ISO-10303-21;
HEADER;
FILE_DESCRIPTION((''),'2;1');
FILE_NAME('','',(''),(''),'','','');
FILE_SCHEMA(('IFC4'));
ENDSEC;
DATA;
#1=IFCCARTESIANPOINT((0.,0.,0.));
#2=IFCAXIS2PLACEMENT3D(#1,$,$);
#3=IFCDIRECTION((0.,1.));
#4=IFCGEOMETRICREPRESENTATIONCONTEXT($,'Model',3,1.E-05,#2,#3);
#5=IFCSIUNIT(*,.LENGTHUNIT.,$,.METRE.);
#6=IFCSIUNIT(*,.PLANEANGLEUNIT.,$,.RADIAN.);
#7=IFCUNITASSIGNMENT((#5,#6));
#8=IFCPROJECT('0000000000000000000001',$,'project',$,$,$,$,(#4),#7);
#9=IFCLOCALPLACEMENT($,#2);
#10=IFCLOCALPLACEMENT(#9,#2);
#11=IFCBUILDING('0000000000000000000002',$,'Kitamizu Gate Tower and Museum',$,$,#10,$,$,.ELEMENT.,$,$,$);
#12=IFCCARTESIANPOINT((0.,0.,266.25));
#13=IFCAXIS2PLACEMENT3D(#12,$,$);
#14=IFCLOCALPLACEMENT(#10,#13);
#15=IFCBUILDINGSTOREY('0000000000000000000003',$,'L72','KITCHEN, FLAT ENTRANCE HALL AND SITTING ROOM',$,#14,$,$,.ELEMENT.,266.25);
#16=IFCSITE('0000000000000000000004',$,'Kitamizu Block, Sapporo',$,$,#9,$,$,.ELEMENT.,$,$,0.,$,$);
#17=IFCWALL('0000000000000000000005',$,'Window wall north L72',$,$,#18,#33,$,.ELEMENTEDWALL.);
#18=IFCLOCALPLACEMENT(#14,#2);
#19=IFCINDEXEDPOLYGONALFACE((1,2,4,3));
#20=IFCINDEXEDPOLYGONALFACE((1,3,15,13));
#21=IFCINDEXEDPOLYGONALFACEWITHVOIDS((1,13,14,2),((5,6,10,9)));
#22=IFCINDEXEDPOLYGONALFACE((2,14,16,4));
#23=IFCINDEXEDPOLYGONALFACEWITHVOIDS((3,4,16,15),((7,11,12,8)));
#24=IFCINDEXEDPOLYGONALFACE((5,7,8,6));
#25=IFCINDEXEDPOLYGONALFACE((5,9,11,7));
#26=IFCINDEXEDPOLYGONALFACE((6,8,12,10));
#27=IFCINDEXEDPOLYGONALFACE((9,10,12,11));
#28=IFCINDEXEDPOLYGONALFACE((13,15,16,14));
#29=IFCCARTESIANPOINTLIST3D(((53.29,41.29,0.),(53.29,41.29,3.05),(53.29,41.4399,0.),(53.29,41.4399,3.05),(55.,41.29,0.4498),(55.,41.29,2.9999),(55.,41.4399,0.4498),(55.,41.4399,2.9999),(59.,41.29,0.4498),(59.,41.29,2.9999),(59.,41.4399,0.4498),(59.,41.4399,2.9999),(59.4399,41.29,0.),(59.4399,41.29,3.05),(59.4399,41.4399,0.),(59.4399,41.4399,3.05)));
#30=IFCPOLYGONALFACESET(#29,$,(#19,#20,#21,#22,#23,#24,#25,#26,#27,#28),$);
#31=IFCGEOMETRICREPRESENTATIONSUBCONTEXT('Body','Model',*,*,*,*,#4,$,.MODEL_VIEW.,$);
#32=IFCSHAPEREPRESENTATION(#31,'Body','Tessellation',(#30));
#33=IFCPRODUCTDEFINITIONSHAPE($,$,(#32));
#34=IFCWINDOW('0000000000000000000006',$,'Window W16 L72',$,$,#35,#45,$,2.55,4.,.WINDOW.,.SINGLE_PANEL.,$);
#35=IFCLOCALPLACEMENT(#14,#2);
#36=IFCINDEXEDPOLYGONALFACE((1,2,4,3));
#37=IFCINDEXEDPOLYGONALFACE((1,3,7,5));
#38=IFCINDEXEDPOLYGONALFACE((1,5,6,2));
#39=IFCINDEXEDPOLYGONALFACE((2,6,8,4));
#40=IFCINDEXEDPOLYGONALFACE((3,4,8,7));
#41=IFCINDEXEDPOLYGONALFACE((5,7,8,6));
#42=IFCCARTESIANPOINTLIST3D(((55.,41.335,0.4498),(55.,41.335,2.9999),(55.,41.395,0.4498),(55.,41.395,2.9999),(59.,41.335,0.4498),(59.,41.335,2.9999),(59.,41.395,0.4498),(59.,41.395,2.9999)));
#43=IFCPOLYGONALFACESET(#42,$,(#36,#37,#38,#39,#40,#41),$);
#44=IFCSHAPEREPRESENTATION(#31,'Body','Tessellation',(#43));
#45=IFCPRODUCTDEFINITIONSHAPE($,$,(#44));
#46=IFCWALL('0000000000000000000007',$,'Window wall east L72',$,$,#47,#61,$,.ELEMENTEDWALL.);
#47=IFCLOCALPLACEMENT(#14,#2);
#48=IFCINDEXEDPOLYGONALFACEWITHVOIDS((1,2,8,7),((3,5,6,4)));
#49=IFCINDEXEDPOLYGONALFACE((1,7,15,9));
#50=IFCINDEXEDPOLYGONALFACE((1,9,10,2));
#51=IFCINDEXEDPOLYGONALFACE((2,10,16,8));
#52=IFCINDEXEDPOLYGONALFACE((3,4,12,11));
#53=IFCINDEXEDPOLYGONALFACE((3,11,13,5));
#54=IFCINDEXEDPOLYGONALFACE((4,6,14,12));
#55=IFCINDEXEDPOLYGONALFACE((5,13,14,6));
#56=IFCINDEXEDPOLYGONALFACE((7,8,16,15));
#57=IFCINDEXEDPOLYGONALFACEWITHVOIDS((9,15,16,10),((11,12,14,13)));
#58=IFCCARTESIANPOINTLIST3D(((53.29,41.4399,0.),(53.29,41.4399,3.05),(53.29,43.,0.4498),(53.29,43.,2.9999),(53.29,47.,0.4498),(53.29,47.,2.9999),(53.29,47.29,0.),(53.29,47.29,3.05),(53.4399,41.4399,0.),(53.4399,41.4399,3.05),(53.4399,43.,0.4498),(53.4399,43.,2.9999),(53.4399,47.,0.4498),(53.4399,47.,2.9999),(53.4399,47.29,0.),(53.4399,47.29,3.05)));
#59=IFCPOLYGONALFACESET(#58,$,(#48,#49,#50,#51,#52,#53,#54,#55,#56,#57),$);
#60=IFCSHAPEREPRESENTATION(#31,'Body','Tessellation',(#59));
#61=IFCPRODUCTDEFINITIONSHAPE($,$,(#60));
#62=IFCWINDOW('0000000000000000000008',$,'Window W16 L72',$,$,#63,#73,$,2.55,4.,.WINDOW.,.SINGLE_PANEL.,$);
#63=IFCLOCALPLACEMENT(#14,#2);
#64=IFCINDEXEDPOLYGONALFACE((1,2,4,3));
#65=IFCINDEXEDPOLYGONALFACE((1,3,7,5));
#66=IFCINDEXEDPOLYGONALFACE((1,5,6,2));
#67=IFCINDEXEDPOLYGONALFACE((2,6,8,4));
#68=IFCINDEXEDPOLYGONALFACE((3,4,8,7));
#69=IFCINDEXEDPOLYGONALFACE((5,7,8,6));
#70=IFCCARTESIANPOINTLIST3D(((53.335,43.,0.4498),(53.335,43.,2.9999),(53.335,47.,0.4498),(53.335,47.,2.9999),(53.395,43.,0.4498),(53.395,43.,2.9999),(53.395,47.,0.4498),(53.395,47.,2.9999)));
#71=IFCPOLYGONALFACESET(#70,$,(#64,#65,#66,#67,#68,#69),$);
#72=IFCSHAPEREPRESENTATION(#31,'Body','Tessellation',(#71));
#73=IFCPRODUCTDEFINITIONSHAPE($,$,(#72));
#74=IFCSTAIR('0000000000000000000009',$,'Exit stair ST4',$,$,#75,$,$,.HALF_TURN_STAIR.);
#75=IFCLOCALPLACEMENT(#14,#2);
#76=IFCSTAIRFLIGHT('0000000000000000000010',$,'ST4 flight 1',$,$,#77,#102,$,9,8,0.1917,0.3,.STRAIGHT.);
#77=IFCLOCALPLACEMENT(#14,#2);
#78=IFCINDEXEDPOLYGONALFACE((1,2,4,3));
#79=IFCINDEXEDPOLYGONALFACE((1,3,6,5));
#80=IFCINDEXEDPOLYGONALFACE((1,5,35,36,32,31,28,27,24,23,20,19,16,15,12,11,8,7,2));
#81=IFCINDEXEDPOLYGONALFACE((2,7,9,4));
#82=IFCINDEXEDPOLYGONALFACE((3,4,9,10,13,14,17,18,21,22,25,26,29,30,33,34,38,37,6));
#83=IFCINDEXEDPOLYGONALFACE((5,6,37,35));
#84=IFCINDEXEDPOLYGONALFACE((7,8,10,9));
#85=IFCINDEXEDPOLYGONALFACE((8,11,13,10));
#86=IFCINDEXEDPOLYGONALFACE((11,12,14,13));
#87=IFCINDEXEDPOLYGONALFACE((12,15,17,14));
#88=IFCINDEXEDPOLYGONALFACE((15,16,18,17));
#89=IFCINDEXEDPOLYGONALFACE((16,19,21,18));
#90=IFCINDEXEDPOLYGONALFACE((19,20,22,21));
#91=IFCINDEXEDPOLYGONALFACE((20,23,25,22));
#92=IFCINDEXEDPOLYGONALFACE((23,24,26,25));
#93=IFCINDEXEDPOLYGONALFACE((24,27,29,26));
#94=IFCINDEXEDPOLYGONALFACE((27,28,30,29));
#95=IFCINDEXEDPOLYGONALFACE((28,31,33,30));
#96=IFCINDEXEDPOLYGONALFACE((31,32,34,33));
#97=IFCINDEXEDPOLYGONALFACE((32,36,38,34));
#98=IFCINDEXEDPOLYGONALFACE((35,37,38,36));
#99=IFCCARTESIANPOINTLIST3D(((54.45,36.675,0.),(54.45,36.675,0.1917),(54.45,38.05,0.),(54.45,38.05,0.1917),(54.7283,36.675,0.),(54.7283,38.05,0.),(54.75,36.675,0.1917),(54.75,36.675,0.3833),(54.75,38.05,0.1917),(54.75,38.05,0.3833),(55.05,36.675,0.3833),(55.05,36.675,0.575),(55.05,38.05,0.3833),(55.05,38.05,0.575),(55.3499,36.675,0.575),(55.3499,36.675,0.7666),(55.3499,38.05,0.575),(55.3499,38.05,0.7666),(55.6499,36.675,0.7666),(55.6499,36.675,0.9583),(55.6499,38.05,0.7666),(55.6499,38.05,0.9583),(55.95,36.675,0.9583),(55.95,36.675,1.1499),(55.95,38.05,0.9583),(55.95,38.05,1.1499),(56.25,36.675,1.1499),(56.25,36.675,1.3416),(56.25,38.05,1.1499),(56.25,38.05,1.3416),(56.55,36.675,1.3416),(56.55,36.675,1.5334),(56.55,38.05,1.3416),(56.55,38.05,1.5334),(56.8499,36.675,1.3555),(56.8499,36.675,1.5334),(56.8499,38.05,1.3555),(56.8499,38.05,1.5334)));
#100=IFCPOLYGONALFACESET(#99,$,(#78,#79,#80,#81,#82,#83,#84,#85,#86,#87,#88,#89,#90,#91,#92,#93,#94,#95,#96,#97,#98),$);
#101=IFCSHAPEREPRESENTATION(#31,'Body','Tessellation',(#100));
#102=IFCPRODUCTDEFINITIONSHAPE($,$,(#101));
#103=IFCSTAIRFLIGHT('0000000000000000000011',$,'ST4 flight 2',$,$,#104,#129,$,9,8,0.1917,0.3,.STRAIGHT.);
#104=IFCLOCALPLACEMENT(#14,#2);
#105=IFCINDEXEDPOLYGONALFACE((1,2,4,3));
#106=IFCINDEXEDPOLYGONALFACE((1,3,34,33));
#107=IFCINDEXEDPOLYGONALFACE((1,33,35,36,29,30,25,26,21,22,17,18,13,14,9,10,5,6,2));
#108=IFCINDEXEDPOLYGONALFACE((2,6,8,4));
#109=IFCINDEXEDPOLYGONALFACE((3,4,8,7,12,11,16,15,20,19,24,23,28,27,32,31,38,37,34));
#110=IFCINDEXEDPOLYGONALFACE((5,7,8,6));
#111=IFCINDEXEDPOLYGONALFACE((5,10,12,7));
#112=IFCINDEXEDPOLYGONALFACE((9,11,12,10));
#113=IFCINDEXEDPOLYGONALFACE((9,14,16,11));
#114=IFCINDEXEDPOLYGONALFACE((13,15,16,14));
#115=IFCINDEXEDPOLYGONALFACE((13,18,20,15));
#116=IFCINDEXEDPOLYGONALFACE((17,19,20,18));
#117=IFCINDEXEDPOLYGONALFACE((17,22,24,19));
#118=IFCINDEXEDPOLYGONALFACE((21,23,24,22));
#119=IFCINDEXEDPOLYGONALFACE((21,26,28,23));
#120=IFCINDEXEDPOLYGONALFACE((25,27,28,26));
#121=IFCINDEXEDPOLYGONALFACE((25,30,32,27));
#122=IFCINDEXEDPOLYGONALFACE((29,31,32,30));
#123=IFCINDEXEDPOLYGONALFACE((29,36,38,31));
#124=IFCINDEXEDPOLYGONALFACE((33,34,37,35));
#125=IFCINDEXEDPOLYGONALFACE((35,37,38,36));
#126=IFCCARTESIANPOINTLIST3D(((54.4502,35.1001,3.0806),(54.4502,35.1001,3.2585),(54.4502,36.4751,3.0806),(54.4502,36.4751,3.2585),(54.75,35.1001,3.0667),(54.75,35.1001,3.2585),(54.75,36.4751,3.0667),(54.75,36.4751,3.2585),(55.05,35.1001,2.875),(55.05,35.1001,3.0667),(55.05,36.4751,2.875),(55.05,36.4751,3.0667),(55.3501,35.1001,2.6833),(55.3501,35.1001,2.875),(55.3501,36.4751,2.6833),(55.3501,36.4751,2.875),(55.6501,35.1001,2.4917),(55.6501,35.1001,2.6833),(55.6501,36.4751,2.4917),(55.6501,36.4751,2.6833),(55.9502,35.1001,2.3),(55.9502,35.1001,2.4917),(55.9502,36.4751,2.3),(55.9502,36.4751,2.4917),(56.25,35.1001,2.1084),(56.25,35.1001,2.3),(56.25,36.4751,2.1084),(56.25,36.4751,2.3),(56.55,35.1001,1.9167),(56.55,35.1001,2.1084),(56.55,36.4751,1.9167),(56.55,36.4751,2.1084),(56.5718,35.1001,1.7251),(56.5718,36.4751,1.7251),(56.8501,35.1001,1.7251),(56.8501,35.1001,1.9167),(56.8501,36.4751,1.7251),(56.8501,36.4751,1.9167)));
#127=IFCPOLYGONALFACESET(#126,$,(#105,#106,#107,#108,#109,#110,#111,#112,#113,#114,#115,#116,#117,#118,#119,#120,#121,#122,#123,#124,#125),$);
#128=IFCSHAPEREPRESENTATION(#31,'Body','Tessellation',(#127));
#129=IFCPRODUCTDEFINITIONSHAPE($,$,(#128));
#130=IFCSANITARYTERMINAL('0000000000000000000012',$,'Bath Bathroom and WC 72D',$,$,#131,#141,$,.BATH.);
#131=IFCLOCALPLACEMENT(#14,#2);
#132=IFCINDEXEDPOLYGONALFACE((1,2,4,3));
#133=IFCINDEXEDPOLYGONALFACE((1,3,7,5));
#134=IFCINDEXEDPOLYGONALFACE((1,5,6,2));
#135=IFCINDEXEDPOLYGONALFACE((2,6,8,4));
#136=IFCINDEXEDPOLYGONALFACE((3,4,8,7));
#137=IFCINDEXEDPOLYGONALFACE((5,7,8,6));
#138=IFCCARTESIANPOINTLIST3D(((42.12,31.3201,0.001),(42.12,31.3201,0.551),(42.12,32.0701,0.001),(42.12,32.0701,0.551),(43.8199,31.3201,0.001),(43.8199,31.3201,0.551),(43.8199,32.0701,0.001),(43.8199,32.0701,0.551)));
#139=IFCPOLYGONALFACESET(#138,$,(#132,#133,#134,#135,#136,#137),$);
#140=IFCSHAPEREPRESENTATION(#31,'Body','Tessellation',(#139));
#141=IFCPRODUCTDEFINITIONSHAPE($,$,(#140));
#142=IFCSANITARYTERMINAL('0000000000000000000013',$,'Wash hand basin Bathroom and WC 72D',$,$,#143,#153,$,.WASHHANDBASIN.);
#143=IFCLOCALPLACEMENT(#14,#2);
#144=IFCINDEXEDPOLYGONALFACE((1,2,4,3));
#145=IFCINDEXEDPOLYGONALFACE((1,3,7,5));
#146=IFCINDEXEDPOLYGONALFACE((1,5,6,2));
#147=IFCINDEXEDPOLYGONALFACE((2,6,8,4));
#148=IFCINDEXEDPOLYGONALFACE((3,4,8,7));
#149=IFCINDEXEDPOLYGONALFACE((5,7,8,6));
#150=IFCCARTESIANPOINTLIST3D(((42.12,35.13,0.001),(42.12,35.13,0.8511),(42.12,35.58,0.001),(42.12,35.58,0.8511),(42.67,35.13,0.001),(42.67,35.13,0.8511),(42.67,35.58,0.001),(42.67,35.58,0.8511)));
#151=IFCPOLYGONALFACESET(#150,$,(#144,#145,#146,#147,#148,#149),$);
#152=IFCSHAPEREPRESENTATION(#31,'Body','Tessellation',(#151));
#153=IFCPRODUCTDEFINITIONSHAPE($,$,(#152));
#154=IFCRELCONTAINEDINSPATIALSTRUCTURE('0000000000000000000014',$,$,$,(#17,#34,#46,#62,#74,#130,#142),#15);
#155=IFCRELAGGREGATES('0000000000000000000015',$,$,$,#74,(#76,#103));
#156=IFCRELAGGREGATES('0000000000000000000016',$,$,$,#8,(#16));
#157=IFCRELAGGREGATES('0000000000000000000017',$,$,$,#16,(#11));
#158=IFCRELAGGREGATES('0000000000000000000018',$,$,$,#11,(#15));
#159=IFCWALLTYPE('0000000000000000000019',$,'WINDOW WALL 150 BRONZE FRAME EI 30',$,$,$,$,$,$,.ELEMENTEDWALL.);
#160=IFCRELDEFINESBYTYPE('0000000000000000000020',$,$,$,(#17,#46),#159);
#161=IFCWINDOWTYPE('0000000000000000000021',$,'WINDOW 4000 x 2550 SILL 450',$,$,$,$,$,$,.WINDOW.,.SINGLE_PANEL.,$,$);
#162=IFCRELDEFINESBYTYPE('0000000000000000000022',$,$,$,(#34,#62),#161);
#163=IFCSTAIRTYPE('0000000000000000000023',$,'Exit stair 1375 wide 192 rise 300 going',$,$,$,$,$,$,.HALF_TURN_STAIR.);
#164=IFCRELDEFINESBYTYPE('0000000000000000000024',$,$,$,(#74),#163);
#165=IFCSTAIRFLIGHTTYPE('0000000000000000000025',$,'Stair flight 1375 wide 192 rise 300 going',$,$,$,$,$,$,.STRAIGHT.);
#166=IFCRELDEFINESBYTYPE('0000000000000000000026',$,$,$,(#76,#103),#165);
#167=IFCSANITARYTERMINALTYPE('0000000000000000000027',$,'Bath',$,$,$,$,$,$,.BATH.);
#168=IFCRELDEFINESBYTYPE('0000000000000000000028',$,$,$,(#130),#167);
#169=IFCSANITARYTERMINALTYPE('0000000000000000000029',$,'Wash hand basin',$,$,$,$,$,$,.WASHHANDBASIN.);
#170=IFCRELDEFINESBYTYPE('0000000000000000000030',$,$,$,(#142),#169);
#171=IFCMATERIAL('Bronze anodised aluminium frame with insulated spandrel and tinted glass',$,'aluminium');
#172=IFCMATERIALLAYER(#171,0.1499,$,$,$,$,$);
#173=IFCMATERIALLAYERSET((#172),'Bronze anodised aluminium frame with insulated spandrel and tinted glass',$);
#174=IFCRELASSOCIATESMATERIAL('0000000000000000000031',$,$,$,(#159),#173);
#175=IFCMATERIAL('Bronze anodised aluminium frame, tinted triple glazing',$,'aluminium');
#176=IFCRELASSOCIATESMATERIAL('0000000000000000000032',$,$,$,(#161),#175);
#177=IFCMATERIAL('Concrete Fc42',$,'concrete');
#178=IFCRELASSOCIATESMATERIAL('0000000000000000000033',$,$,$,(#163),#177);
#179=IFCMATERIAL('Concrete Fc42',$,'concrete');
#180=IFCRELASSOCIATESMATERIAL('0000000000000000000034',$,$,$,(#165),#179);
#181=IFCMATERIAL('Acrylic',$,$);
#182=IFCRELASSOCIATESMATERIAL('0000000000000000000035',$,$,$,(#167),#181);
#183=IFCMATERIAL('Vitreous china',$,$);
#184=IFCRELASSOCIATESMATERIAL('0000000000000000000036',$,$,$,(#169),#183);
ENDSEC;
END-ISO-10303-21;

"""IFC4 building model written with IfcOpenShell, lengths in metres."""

from ifc_helpers import new_model, si_unit, direction, frame, frame_2d, origin, origin_2d, place, context, subcontext, project, spatial, polyline, rectangle, outline, extrude, material, layer, layer_set, type_object, element, fill, aggregate, save


model = new_model("IFC4")

# Units and contexts
model_context = context("Model", 3, precision=1e-05, world=origin(), true_north=direction((0.0, 1.0)))
body_context = subcontext(model_context, "Body", "Model", "MODEL_VIEW")
ifc_project = project(units=[si_unit("LENGTHUNIT", "METRE"), si_unit("PLANEANGLEUNIT", "RADIAN")], contexts=[model_context])

# Site, building, storey
site_placement = place(None, origin())
site = spatial("IfcSite", under=ifc_project, at=site_placement, Name="Kitamizu Block, Sapporo", CompositionType="ELEMENT", RefElevation=0.0)
building_placement = place(site_placement, origin())
building = spatial("IfcBuilding", under=site, at=building_placement, Name="Kitamizu Gate Tower and Museum", CompositionType="ELEMENT")
storey_placement = place(building_placement, frame((0.0, 0.0, 266.25)))
storey = spatial("IfcBuildingStorey", under=building, at=storey_placement, Name="L72", Description="KITCHEN, FLAT ENTRANCE HALL AND SITTING ROOM", CompositionType="ELEMENT", Elevation=266.25)

# Shared definitions
ifc_material_1 = material(Name="Bronze anodised aluminium frame with insulated spandrel and tinted glass", Category="aluminium")
ifc_layer_1 = layer(ifc_material_1, 0.1499)
ifc_layer_set_1 = layer_set([ifc_layer_1], Name="Bronze anodised aluminium frame with insulated spandrel and tinted glass")
wall_type_1 = type_object("IfcWallType", Name="WINDOW WALL 150 BRONZE FRAME EI 30", PredefinedType="ELEMENTEDWALL", material=ifc_layer_set_1)

# Walls, openings, windows
wall_1_placement = place(storey_placement, frame((53.29, 41.365, 0.0), z_axis=(0.0, 0.0, 1.0), x_axis=(1.0, 0.0, 0.0)))
wall_1 = element("IfcWall", 1, at=wall_1_placement, inside=storey, type_object=wall_type_1, Name="Window wall north L72", PredefinedType="ELEMENTEDWALL", context=body_context, shape_type="SweptSolid", body=[
    extrude(rectangle(XDim=6.1499, YDim=0.1499, at=frame_2d((3.075, 0.0))), origin(), (0.0, 0.0, 1.0), 3.05),
])
opening_1_placement = place(wall_1_placement, frame((1.71, 0.0, 0.45)))
opening_1 = element("IfcOpeningElement", 2, at=opening_1_placement, cuts=wall_1, PredefinedType="OPENING", context=body_context, shape_type="SweptSolid", body=[
    extrude(rectangle(XDim=4.0, YDim=2.55, at=frame_2d((2.0, 1.2749))), frame((0.0, 0.085, 0.0), z_axis=(0.0, -1.0, 0.0), x_axis=(1.0, 0.0, 0.0)), (0.0, 0.0, 1.0), 0.1699),
])
ifc_material_2 = material(Name="Bronze anodised aluminium frame, tinted triple glazing", Category="aluminium")
window_type = type_object("IfcWindowType", Name="WINDOW 4000 x 2550 SILL 450", PartitioningType="SINGLE_PANEL", PredefinedType="WINDOW", material=ifc_material_2)
window_1_placement = place(opening_1_placement, origin())
window_1 = element("IfcWindow", 3, at=window_1_placement, inside=storey, type_object=window_type, Name="Window W16 L72", OverallHeight=2.55, OverallWidth=4.0, PartitioningType="SINGLE_PANEL", PredefinedType="WINDOW", context=body_context, shape_type="SweptSolid", body=[
    extrude(rectangle(XDim=4.0, YDim=2.55, at=frame_2d((2.0, 1.2749))), frame((0.0, 0.03, 0.0), z_axis=(0.0, -1.0, 0.0), x_axis=(1.0, 0.0, 0.0)), (0.0, 0.0, 1.0), 0.0601),
])
fill(opening_1, window_1)
wall_2_placement = place(storey_placement, frame((53.365, 41.4399, 0.0), z_axis=(0.0, 0.0, 1.0), x_axis=(0.0, 1.0, 0.0)))
wall_2 = element("IfcWall", 4, at=wall_2_placement, inside=storey, type_object=wall_type_1, Name="Window wall east L72", PredefinedType="ELEMENTEDWALL", context=body_context, shape_type="SweptSolid", body=[
    extrude(rectangle(XDim=5.8501, YDim=0.1499, at=frame_2d((2.925, 0.0))), origin(), (0.0, 0.0, 1.0), 3.05),
])
opening_2_placement = place(wall_2_placement, frame((1.5601, 0.0, 0.45)))
opening_2 = element("IfcOpeningElement", 5, at=opening_2_placement, cuts=wall_2, PredefinedType="OPENING", context=body_context, shape_type="SweptSolid", body=[
    extrude(rectangle(XDim=4.0, YDim=2.55, at=frame_2d((2.0, 1.2749))), frame((0.0, 0.085, 0.0), z_axis=(0.0, -1.0, 0.0), x_axis=(1.0, 0.0, 0.0)), (0.0, 0.0, 1.0), 0.1699),
])
window_2_placement = place(opening_2_placement, origin())
window_2 = element("IfcWindow", 6, at=window_2_placement, inside=storey, type_object=window_type, Name="Window W16 L72", OverallHeight=2.55, OverallWidth=4.0, PartitioningType="SINGLE_PANEL", PredefinedType="WINDOW", context=body_context, shape_type="SweptSolid", body=[
    extrude(rectangle(XDim=4.0, YDim=2.55, at=frame_2d((2.0, 1.2749))), frame((0.0, 0.03, 0.0), z_axis=(0.0, -1.0, 0.0), x_axis=(1.0, 0.0, 0.0)), (0.0, 0.0, 1.0), 0.0601),
])
fill(opening_2, window_2)

# Stair, stair flights
ifc_material_3 = material(Name="Concrete Fc42", Category="concrete")
stair_type = type_object("IfcStairType", Name="Exit stair 1375 wide 192 rise 300 going", PredefinedType="HALF_TURN_STAIR", material=ifc_material_3)
stair_placement = place(storey_placement, origin())
stair = element("IfcStair", 7, at=stair_placement, inside=storey, type_object=stair_type, Name="Exit stair ST4", PredefinedType="HALF_TURN_STAIR")
ifc_material_4 = material(Name="Concrete Fc42", Category="concrete")
stair_flight_type = type_object("IfcStairFlightType", Name="Stair flight 1375 wide 192 rise 300 going", PredefinedType="STRAIGHT", material=ifc_material_4)
stair_flight_1_placement = place(storey_placement, frame((54.45, 37.3625, 0.0), z_axis=(0.0, 0.0, 1.0), x_axis=(1.0, 0.0, 0.0)))
stair_flight_1 = element("IfcStairFlight", 8, at=stair_flight_1_placement, type_object=stair_flight_type, Name="ST4 flight 1", NumberOfRisers=9, NumberOfTreads=8, PredefinedType="STRAIGHT", RiserHeight=0.1917, TreadLength=0.3, context=body_context, shape_type="SweptSolid", body=[
    extrude(outline(polyline([(0.0, 0.0), (0.0, 0.1917), (0.3, 0.1917), (0.3, 0.3833), (0.6001, 0.3833), (0.6001, 0.575), (0.8999, 0.575), (0.8999, 0.7666), (1.2, 0.7666), (1.2, 0.9583), (1.5, 0.9583), (1.5, 1.1499), (1.8, 1.1499), (1.8, 1.3416), (2.1001, 1.3416), (2.1001, 1.5334), (2.3999, 1.5334), (2.3999, 1.7251), (2.3999, 1.3555), (0.2783, 0.0), (0.0, 0.0)])), frame((0.0, 0.6875, 0.0), z_axis=(0.0, -1.0, 0.0), x_axis=(1.0, 0.0, 0.0)), (0.0, 0.0, 1.0), 1.375),
])
stair_flight_2_placement = place(storey_placement, frame((56.8501, 35.7876, 1.7251), z_axis=(0.0, 0.0, 1.0), x_axis=(-1.0, 0.0, 0.0)))
stair_flight_2 = element("IfcStairFlight", 9, at=stair_flight_2_placement, type_object=stair_flight_type, Name="ST4 flight 2", NumberOfRisers=9, NumberOfTreads=8, PredefinedType="STRAIGHT", RiserHeight=0.1917, TreadLength=0.3, context=body_context, shape_type="SweptSolid", body=[
    extrude(outline(polyline([(0.0, 0.0), (0.0, 0.1917), (0.3, 0.1917), (0.3, 0.3833), (0.6001, 0.3833), (0.6001, 0.575), (0.8999, 0.575), (0.8999, 0.7666), (1.2, 0.7666), (1.2, 0.9583), (1.5, 0.9583), (1.5, 1.1499), (1.8, 1.1499), (1.8, 1.3416), (2.1001, 1.3416), (2.1001, 1.5334), (2.3999, 1.5334), (2.3999, 1.7251), (2.3999, 1.3555), (0.2783, 0.0), (0.0, 0.0)])), frame((0.0, 0.6875, 0.0), z_axis=(0.0, -1.0, 0.0), x_axis=(1.0, 0.0, 0.0)), (0.0, 0.0, 1.0), 1.375),
])
aggregate(stair, [stair_flight_1, stair_flight_2])

# Sanitary terminals
ifc_material_5 = material(Name="Acrylic")
sanitary_terminal_type_1 = type_object("IfcSanitaryTerminalType", Name="Bath", PredefinedType="BATH", material=ifc_material_5)
sanitary_terminal_1_placement = place(storey_placement, frame((42.97, 31.6951, 0.001), z_axis=(0.0, 0.0, 1.0), x_axis=(1.0, 0.0, 0.0)))
element("IfcSanitaryTerminal", 10, at=sanitary_terminal_1_placement, inside=storey, type_object=sanitary_terminal_type_1, Name="Bath Bathroom and WC 72D", PredefinedType="BATH", context=body_context, shape_type="SweptSolid", body=[
    extrude(rectangle(XDim=1.7, YDim=0.75, at=origin_2d()), origin(), (0.0, 0.0, 1.0), 0.55),
])
ifc_material_6 = material(Name="Vitreous china")
sanitary_terminal_type_2 = type_object("IfcSanitaryTerminalType", Name="Wash hand basin", PredefinedType="WASHHANDBASIN", material=ifc_material_6)
sanitary_terminal_2_placement = place(storey_placement, frame((42.395, 35.355, 0.001), z_axis=(0.0, 0.0, 1.0), x_axis=(1.0, 0.0, 0.0)))
element("IfcSanitaryTerminal", 11, at=sanitary_terminal_2_placement, inside=storey, type_object=sanitary_terminal_type_2, Name="Wash hand basin Bathroom and WC 72D", PredefinedType="WASHHANDBASIN", context=body_context, shape_type="SweptSolid", body=[
    extrude(rectangle(XDim=0.55, YDim=0.45, at=origin_2d()), origin(), (0.0, 0.0, 1.0), 0.8501),
])

save(model, "model.ifc")
